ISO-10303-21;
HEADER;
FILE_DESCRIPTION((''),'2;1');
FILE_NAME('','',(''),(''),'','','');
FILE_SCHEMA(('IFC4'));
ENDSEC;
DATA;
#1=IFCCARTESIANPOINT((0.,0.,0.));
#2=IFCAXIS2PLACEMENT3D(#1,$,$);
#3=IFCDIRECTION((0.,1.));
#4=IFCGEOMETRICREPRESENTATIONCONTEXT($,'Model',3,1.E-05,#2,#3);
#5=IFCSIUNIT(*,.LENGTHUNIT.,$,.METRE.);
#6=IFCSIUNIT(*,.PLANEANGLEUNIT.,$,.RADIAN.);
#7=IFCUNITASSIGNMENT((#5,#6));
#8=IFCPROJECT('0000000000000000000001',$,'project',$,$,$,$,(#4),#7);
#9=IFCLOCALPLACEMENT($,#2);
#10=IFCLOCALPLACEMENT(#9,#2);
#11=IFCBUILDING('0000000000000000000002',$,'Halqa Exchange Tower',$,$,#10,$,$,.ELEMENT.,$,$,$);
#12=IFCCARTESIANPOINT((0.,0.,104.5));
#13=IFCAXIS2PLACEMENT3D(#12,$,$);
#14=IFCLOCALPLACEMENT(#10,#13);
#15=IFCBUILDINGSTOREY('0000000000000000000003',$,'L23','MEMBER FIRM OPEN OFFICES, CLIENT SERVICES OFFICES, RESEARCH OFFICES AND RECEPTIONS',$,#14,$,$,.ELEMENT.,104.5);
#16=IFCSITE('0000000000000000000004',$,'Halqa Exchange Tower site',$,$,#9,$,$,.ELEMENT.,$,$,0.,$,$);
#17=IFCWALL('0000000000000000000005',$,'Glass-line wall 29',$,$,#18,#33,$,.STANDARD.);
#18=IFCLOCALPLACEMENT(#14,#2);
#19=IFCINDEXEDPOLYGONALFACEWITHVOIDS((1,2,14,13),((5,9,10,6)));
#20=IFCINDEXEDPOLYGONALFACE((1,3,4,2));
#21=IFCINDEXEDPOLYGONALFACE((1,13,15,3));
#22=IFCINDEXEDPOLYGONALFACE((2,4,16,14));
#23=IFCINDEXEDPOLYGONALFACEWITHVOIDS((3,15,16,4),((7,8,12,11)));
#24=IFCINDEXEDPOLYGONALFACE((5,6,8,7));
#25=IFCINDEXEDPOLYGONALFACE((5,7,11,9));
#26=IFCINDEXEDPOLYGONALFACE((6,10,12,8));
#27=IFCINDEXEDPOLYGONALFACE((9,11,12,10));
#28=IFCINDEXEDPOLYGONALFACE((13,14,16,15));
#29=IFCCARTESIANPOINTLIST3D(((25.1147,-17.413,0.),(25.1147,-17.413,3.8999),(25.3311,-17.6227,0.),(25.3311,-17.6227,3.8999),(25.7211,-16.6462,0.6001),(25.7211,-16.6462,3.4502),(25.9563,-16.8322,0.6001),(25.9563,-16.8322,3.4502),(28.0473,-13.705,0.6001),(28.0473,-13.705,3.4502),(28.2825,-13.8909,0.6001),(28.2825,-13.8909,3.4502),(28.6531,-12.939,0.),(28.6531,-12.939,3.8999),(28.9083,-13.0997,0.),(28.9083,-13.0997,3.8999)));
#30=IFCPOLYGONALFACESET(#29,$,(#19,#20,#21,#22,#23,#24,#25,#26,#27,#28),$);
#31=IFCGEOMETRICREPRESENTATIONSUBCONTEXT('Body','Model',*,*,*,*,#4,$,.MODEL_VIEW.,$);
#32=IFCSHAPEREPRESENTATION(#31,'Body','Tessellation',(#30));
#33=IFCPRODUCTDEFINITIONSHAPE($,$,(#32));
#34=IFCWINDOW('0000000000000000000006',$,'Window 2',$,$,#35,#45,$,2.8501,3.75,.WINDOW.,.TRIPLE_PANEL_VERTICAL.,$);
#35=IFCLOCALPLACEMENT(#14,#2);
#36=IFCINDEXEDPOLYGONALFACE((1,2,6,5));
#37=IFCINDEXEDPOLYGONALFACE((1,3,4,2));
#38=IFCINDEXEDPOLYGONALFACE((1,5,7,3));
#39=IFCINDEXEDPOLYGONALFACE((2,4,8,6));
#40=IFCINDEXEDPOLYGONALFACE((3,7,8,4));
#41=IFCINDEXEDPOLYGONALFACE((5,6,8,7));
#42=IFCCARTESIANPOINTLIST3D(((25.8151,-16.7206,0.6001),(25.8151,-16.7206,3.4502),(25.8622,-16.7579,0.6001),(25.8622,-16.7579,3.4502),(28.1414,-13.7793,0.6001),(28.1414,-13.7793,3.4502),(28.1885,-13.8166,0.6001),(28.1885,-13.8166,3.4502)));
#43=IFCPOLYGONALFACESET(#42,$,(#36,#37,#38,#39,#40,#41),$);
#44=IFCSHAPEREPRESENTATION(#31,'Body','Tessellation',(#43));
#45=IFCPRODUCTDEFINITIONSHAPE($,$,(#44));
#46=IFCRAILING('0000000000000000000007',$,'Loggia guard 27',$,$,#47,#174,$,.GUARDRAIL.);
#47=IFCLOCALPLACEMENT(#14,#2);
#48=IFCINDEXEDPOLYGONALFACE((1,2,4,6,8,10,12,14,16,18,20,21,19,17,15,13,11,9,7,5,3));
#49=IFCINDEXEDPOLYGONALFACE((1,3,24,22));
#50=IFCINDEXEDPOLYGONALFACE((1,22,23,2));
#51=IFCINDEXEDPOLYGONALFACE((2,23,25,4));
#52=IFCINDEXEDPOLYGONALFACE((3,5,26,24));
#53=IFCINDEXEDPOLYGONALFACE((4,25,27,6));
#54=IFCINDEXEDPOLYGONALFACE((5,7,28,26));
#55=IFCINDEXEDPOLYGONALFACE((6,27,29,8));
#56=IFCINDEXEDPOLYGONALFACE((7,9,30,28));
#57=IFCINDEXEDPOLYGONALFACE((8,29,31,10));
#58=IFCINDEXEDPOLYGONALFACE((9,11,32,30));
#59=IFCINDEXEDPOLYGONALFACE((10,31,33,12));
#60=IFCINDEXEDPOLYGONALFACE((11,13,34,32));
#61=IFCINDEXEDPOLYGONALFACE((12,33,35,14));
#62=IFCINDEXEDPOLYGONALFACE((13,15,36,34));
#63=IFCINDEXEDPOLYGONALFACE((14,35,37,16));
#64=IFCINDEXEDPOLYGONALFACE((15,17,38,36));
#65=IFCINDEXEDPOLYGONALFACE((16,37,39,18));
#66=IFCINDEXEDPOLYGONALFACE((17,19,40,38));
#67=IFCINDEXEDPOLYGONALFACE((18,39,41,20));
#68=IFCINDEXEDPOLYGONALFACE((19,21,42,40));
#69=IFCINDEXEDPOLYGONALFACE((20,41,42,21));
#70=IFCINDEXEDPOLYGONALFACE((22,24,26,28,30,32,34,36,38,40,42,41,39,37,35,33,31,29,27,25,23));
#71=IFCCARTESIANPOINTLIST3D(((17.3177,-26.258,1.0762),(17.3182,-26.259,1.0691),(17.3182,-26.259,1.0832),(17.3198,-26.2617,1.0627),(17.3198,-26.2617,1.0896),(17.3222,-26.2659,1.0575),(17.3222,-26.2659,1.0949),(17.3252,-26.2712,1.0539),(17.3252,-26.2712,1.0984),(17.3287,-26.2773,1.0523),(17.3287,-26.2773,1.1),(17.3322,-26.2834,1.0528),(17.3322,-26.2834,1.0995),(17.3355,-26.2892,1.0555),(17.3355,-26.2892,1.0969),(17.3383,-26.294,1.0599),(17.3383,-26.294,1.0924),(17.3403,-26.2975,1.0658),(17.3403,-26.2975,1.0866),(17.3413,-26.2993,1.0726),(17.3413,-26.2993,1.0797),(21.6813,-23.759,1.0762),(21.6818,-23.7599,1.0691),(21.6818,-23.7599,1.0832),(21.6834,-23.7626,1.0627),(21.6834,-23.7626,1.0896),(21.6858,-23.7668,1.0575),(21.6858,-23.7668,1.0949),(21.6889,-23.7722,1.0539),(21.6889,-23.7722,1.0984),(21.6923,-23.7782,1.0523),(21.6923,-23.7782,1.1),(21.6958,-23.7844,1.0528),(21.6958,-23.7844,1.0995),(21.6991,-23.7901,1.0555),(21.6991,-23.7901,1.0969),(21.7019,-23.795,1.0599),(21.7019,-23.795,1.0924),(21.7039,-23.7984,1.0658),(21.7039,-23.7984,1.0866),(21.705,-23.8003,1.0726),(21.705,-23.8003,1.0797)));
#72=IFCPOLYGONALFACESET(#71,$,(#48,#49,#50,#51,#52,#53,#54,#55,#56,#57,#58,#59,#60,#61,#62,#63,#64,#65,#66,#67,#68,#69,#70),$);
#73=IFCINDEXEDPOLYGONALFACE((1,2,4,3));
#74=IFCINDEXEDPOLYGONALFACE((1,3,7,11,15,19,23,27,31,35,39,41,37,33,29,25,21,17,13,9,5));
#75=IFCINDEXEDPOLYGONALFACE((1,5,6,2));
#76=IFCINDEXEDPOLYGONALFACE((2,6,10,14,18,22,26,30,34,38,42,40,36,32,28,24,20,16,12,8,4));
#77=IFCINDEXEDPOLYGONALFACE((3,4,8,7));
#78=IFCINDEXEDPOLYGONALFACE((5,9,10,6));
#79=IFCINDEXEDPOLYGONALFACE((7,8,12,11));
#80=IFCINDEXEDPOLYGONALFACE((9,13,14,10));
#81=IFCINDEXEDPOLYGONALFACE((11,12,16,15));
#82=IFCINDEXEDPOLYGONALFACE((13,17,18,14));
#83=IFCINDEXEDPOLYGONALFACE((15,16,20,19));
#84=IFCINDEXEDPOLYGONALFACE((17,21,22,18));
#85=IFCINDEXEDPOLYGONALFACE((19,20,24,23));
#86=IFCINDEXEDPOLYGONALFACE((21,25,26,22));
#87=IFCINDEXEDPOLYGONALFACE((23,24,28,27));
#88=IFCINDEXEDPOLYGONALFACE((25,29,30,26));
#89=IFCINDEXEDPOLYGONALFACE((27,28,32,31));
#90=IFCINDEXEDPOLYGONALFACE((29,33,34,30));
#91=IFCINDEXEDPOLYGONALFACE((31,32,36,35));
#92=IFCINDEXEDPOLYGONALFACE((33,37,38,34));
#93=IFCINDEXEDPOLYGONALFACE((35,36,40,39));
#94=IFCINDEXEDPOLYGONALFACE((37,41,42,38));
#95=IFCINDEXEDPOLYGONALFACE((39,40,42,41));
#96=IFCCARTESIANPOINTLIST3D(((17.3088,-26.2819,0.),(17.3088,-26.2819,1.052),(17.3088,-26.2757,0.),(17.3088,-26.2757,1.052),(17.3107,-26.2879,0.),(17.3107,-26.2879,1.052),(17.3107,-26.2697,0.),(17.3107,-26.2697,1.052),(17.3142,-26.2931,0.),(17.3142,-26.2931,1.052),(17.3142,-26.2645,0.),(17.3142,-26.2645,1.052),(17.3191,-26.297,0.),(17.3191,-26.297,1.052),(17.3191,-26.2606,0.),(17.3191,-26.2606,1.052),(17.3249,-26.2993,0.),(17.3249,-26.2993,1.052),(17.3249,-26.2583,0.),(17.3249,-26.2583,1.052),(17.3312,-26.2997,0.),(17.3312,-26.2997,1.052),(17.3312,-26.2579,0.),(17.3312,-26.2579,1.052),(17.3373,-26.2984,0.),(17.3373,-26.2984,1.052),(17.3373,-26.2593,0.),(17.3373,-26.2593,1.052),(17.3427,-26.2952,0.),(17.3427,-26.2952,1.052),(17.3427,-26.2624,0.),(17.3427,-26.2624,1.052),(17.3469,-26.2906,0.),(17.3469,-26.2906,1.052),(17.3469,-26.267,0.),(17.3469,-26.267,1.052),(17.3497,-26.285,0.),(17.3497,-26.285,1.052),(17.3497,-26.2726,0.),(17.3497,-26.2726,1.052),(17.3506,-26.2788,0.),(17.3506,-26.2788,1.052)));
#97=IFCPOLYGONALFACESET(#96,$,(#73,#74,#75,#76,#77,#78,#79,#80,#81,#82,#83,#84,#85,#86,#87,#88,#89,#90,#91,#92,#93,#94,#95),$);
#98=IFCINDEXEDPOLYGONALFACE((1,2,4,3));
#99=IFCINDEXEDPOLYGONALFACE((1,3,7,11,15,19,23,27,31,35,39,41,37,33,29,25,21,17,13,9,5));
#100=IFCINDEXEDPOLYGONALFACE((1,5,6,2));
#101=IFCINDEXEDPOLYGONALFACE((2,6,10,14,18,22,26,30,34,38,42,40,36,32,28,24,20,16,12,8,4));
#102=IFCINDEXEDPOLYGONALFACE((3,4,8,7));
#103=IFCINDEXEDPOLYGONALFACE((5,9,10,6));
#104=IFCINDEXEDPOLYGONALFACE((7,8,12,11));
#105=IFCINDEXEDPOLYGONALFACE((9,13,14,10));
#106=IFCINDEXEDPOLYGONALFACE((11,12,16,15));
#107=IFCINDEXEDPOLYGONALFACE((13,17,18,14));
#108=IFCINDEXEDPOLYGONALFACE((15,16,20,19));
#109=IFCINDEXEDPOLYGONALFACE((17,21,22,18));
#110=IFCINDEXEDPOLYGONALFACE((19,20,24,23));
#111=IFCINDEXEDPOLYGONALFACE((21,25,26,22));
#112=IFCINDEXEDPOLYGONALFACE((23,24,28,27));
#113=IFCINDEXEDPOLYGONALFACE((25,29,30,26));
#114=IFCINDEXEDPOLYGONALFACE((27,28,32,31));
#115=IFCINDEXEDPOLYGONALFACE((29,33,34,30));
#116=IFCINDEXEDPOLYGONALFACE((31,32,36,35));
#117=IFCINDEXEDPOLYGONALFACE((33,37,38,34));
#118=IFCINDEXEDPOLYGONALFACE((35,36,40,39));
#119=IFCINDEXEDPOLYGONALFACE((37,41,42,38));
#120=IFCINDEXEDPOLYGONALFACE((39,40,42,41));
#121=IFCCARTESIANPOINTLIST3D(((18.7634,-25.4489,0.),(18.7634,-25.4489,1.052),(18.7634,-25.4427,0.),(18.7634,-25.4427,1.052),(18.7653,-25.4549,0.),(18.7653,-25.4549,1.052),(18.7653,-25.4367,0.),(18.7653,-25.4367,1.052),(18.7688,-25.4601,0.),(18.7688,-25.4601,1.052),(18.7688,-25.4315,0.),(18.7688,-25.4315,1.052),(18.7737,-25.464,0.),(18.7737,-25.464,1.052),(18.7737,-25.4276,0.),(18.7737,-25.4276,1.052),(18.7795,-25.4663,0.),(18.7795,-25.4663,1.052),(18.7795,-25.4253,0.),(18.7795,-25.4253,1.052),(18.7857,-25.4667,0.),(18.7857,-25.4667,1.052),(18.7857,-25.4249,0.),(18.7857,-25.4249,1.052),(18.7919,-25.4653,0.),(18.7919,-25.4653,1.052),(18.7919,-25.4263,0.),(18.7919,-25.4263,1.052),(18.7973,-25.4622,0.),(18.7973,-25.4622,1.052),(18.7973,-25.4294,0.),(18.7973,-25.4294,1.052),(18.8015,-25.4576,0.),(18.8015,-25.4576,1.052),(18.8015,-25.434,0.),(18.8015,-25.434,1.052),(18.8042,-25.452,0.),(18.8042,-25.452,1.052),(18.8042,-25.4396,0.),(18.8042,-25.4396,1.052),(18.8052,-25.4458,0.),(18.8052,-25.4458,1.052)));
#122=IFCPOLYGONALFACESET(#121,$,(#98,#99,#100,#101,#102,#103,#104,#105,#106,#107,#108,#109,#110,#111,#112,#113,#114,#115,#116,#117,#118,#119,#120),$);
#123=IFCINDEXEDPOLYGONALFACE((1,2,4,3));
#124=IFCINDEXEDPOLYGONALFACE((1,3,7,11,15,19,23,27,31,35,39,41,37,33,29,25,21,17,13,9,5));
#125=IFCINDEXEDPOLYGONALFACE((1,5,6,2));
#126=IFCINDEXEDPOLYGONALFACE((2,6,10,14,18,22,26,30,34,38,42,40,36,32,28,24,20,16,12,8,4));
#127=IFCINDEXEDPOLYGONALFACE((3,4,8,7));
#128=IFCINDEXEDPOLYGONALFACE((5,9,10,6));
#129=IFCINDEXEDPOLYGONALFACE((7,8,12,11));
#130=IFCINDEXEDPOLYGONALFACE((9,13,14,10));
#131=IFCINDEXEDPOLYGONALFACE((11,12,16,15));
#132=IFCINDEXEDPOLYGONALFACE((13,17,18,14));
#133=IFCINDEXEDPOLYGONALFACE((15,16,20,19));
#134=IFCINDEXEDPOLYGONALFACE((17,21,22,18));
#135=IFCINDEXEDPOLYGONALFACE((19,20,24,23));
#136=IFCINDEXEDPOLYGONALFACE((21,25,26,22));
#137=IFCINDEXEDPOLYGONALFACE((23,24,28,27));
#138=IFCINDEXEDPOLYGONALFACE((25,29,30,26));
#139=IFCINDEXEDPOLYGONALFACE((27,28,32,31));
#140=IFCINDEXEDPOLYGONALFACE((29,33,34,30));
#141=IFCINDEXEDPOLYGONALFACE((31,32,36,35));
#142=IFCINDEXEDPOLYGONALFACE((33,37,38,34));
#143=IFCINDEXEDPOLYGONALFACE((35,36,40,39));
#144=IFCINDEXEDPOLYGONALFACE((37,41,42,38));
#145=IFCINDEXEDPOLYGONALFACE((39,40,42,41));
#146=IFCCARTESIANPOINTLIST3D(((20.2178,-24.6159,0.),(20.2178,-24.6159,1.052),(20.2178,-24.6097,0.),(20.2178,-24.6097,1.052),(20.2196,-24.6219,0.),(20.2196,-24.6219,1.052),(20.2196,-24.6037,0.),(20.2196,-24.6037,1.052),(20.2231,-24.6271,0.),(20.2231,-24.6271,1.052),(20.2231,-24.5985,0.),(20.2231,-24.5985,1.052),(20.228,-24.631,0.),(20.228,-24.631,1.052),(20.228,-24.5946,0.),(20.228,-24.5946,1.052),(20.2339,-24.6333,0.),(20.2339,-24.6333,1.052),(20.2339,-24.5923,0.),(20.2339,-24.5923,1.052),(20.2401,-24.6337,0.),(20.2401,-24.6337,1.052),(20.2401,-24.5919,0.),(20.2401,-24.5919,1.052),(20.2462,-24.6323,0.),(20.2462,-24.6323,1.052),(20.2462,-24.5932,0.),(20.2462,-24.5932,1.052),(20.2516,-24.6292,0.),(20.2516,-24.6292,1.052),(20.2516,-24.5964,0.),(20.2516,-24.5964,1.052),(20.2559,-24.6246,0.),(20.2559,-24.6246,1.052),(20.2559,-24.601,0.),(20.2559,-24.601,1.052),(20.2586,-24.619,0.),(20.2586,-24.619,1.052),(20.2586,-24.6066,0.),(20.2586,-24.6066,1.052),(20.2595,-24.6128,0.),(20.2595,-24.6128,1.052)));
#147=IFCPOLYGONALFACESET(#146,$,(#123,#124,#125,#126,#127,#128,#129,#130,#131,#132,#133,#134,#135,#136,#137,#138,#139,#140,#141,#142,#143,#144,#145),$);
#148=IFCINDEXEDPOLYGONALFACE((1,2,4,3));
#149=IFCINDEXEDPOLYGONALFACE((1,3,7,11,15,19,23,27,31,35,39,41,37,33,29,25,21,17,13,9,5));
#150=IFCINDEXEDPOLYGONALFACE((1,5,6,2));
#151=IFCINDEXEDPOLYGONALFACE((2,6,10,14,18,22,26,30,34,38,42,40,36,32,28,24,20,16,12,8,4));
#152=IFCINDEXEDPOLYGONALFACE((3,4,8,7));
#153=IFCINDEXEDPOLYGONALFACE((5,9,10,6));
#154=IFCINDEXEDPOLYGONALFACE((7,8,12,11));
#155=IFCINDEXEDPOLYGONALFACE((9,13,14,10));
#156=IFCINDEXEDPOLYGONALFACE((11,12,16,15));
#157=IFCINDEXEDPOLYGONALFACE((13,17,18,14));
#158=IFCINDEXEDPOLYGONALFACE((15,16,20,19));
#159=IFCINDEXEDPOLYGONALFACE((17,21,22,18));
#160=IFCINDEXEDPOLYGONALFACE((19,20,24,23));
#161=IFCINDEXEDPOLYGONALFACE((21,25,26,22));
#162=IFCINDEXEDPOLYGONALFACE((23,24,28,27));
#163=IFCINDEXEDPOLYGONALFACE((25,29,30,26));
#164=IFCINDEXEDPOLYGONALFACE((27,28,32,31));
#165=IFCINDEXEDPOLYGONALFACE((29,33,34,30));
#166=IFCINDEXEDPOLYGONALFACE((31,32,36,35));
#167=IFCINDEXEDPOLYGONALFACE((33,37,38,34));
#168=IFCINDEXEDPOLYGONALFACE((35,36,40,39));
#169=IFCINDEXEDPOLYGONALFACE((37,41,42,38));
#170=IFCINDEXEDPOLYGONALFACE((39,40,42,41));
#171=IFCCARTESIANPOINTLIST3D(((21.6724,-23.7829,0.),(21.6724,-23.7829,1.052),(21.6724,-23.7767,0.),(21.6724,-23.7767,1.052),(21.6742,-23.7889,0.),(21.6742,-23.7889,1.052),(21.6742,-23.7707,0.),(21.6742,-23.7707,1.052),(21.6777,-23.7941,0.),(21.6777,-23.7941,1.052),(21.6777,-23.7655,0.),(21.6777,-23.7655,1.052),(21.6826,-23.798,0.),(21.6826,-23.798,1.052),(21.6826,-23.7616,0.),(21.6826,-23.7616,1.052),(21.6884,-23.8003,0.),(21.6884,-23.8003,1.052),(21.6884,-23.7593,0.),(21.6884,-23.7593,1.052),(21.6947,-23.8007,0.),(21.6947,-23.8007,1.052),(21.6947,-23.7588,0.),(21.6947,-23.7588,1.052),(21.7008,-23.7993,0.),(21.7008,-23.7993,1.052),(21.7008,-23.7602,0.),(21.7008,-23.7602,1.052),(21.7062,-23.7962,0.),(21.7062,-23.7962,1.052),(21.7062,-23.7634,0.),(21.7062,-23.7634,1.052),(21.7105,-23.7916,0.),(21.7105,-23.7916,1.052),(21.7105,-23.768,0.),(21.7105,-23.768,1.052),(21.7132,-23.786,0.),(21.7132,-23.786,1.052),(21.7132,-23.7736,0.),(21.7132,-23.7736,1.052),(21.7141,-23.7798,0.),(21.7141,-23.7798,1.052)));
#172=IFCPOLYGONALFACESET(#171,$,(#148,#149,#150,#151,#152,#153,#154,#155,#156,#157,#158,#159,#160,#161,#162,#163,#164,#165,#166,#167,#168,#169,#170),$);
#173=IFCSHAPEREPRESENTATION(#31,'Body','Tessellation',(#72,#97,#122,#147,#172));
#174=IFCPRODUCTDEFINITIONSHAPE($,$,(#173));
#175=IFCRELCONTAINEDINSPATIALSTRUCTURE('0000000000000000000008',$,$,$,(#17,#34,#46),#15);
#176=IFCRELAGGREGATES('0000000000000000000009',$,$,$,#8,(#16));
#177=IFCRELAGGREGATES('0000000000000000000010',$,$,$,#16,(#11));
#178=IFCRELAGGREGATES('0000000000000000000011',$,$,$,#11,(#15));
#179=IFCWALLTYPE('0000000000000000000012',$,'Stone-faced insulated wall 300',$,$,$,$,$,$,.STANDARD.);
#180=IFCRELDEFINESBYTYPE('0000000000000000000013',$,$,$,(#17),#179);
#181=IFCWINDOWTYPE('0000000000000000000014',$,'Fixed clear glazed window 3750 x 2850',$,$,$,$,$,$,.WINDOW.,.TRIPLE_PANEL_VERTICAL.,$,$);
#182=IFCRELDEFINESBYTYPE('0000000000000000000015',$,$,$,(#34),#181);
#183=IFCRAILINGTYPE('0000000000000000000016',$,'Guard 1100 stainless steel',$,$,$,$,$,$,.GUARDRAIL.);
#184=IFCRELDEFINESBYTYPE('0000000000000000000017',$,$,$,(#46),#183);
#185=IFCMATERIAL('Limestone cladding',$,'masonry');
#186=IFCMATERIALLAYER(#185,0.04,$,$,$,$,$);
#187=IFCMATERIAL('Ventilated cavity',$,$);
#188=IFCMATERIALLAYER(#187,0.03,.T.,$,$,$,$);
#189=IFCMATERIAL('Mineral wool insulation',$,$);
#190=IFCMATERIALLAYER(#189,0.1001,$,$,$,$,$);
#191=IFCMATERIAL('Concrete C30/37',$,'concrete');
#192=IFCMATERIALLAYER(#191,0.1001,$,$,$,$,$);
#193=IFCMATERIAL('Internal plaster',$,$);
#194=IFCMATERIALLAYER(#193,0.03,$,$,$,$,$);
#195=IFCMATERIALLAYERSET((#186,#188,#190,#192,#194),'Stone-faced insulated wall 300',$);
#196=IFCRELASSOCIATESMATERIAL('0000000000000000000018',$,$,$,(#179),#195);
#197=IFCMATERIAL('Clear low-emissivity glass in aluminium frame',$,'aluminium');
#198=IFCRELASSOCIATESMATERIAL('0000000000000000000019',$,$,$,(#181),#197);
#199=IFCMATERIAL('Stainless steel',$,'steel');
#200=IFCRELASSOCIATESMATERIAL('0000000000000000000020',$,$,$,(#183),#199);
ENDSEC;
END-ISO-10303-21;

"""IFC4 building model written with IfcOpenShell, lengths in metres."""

from ifc_helpers import new_model, si_unit, direction, frame, frame_2d, origin, origin_2d, place, context, subcontext, project, spatial, polyline, rectangle, circle, outline, extrude, material, layer, layer_set, type_object, element, fill, save


model = new_model("IFC4")

# Units and contexts
model_context = context("Model", 3, precision=1e-05, world=origin(), true_north=direction((0.0, 1.0)))
body_context = subcontext(model_context, "Body", "Model", "MODEL_VIEW")
ifc_project = project(units=[si_unit("LENGTHUNIT", "METRE"), si_unit("PLANEANGLEUNIT", "RADIAN")], contexts=[model_context])

# Site, building, storey
site_placement = place(None, origin())
site = spatial("IfcSite", under=ifc_project, at=site_placement, Name="Halqa Exchange Tower site", CompositionType="ELEMENT", RefElevation=0.0)
building_placement = place(site_placement, origin())
building = spatial("IfcBuilding", under=site, at=building_placement, Name="Halqa Exchange Tower", CompositionType="ELEMENT")
storey_placement = place(building_placement, frame((0.0, 0.0, 104.5)))
storey = spatial("IfcBuildingStorey", under=building, at=storey_placement, Name="L23", Description="MEMBER FIRM OPEN OFFICES, CLIENT SERVICES OFFICES, RESEARCH OFFICES AND RECEPTIONS", CompositionType="ELEMENT", Elevation=104.5)

# Shared definitions
ifc_material_1 = material(Name="Limestone cladding", Category="masonry")
ifc_layer_1 = layer(ifc_material_1, 0.04)
ifc_material_2 = material(Name="Ventilated cavity")
ifc_layer_2 = layer(ifc_material_2, 0.03, ventilated=True)
ifc_material_3 = material(Name="Mineral wool insulation")
ifc_layer_3 = layer(ifc_material_3, 0.1001)
ifc_material_4 = material(Name="Concrete C30/37", Category="concrete")
ifc_layer_4 = layer(ifc_material_4, 0.1001)
ifc_material_5 = material(Name="Internal plaster")
ifc_layer_5 = layer(ifc_material_5, 0.03)
ifc_layer_set_1 = layer_set([ifc_layer_1, ifc_layer_2, ifc_layer_3, ifc_layer_4, ifc_layer_5], Name="Stone-faced insulated wall 300")
wall_type_1 = type_object("IfcWallType", Name="Stone-faced insulated wall 300", PredefinedType="STANDARD", material=ifc_layer_set_1)
ifc_material_6 = material(Name="Clear low-emissivity glass in aluminium frame", Category="aluminium")
window_type = type_object("IfcWindowType", Name="Fixed clear glazed window 3750 x 2850", PartitioningType="TRIPLE_PANEL_VERTICAL", PredefinedType="WINDOW", material=ifc_material_6)

# Wall, opening, window
wall_1_placement = place(storey_placement, frame((25.2229, -17.5178, 0.0), z_axis=(0.0, 0.0, 1.0), x_axis=(0.62033, 0.784341, 0.0)))
wall_1 = element("IfcWall", 1, at=wall_1_placement, inside=storey, type_object=wall_type_1, Name="Glass-line wall 29", PredefinedType="STANDARD", context=body_context, shape_type="SweptSolid", body=[
    extrude(outline(polyline([(-0.0151, -0.1499), (5.7515, -0.1499), (5.7192, 0.1499), (0.0151, 0.1499), (-0.0151, -0.1499)])), origin(), (0.0, 0.0, 1.0), 3.8999),
])
opening_1_placement = place(wall_1_placement, frame((0.9927, 0.0, 0.6001)))
opening_1 = element("IfcOpeningElement", 2, at=opening_1_placement, cuts=wall_1, PredefinedType="OPENING", context=body_context, shape_type="SweptSolid", body=[
    extrude(rectangle(XDim=3.75, YDim=2.8501, at=frame_2d((1.875, 1.425))), frame((0.0, 0.1621, 0.0), z_axis=(0.0, -1.0, 0.0), x_axis=(1.0, 0.0, 0.0)), (0.0, 0.0, 1.0), 0.324),
])
window_1_placement = place(opening_1_placement, origin())
window_1 = element("IfcWindow", 3, at=window_1_placement, inside=storey, type_object=window_type, Name="Window 2", OverallHeight=2.8501, OverallWidth=3.75, PartitioningType="TRIPLE_PANEL_VERTICAL", PredefinedType="WINDOW", context=body_context, shape_type="SweptSolid", body=[
    extrude(rectangle(XDim=3.75, YDim=2.8501, at=frame_2d((1.875, 1.425))), frame((0.0, 0.03, 0.0), z_axis=(0.0, -1.0, 0.0), x_axis=(1.0, 0.0, 0.0)), (0.0, 0.0, 1.0), 0.0601),
])
fill(opening_1, window_1)

# Railing
ifc_material_7 = material(Name="Stainless steel", Category="steel")
railing_type = type_object("IfcRailingType", Name="Guard 1100 stainless steel", PredefinedType="GUARDRAIL", material=ifc_material_7)
railing_1_placement = place(storey_placement, frame((17.3296, -26.2788, 0.0)))
element("IfcRailing", 4, at=railing_1_placement, inside=storey, type_object=railing_type, Name="Loggia guard 27", PredefinedType="GUARDRAIL", context=body_context, shape_type="SweptSolid", body=[
    extrude(circle(Radius=0.0239, at=origin_2d()), frame((0.0, 0.0, 1.0762), z_axis=(0.867765, 0.496975, 0.0), x_axis=(-0.496975, 0.867765, 0.0)), (0.0, 0.0, 1.0), 5.0286),
    extrude(circle(Radius=0.021, at=origin_2d()), origin(), (0.0, 0.0, 1.0), 1.052),
    extrude(circle(Radius=0.021, at=origin_2d()), frame((1.4546, 0.833, 0.0)), (0.0, 0.0, 1.0), 1.052),
    extrude(circle(Radius=0.021, at=origin_2d()), frame((2.9089, 1.666, 0.0)), (0.0, 0.0, 1.0), 1.052),
    extrude(circle(Radius=0.021, at=origin_2d()), frame((4.3635, 2.499, 0.0)), (0.0, 0.0, 1.0), 1.052),
])

save(model, "model.ifc")
